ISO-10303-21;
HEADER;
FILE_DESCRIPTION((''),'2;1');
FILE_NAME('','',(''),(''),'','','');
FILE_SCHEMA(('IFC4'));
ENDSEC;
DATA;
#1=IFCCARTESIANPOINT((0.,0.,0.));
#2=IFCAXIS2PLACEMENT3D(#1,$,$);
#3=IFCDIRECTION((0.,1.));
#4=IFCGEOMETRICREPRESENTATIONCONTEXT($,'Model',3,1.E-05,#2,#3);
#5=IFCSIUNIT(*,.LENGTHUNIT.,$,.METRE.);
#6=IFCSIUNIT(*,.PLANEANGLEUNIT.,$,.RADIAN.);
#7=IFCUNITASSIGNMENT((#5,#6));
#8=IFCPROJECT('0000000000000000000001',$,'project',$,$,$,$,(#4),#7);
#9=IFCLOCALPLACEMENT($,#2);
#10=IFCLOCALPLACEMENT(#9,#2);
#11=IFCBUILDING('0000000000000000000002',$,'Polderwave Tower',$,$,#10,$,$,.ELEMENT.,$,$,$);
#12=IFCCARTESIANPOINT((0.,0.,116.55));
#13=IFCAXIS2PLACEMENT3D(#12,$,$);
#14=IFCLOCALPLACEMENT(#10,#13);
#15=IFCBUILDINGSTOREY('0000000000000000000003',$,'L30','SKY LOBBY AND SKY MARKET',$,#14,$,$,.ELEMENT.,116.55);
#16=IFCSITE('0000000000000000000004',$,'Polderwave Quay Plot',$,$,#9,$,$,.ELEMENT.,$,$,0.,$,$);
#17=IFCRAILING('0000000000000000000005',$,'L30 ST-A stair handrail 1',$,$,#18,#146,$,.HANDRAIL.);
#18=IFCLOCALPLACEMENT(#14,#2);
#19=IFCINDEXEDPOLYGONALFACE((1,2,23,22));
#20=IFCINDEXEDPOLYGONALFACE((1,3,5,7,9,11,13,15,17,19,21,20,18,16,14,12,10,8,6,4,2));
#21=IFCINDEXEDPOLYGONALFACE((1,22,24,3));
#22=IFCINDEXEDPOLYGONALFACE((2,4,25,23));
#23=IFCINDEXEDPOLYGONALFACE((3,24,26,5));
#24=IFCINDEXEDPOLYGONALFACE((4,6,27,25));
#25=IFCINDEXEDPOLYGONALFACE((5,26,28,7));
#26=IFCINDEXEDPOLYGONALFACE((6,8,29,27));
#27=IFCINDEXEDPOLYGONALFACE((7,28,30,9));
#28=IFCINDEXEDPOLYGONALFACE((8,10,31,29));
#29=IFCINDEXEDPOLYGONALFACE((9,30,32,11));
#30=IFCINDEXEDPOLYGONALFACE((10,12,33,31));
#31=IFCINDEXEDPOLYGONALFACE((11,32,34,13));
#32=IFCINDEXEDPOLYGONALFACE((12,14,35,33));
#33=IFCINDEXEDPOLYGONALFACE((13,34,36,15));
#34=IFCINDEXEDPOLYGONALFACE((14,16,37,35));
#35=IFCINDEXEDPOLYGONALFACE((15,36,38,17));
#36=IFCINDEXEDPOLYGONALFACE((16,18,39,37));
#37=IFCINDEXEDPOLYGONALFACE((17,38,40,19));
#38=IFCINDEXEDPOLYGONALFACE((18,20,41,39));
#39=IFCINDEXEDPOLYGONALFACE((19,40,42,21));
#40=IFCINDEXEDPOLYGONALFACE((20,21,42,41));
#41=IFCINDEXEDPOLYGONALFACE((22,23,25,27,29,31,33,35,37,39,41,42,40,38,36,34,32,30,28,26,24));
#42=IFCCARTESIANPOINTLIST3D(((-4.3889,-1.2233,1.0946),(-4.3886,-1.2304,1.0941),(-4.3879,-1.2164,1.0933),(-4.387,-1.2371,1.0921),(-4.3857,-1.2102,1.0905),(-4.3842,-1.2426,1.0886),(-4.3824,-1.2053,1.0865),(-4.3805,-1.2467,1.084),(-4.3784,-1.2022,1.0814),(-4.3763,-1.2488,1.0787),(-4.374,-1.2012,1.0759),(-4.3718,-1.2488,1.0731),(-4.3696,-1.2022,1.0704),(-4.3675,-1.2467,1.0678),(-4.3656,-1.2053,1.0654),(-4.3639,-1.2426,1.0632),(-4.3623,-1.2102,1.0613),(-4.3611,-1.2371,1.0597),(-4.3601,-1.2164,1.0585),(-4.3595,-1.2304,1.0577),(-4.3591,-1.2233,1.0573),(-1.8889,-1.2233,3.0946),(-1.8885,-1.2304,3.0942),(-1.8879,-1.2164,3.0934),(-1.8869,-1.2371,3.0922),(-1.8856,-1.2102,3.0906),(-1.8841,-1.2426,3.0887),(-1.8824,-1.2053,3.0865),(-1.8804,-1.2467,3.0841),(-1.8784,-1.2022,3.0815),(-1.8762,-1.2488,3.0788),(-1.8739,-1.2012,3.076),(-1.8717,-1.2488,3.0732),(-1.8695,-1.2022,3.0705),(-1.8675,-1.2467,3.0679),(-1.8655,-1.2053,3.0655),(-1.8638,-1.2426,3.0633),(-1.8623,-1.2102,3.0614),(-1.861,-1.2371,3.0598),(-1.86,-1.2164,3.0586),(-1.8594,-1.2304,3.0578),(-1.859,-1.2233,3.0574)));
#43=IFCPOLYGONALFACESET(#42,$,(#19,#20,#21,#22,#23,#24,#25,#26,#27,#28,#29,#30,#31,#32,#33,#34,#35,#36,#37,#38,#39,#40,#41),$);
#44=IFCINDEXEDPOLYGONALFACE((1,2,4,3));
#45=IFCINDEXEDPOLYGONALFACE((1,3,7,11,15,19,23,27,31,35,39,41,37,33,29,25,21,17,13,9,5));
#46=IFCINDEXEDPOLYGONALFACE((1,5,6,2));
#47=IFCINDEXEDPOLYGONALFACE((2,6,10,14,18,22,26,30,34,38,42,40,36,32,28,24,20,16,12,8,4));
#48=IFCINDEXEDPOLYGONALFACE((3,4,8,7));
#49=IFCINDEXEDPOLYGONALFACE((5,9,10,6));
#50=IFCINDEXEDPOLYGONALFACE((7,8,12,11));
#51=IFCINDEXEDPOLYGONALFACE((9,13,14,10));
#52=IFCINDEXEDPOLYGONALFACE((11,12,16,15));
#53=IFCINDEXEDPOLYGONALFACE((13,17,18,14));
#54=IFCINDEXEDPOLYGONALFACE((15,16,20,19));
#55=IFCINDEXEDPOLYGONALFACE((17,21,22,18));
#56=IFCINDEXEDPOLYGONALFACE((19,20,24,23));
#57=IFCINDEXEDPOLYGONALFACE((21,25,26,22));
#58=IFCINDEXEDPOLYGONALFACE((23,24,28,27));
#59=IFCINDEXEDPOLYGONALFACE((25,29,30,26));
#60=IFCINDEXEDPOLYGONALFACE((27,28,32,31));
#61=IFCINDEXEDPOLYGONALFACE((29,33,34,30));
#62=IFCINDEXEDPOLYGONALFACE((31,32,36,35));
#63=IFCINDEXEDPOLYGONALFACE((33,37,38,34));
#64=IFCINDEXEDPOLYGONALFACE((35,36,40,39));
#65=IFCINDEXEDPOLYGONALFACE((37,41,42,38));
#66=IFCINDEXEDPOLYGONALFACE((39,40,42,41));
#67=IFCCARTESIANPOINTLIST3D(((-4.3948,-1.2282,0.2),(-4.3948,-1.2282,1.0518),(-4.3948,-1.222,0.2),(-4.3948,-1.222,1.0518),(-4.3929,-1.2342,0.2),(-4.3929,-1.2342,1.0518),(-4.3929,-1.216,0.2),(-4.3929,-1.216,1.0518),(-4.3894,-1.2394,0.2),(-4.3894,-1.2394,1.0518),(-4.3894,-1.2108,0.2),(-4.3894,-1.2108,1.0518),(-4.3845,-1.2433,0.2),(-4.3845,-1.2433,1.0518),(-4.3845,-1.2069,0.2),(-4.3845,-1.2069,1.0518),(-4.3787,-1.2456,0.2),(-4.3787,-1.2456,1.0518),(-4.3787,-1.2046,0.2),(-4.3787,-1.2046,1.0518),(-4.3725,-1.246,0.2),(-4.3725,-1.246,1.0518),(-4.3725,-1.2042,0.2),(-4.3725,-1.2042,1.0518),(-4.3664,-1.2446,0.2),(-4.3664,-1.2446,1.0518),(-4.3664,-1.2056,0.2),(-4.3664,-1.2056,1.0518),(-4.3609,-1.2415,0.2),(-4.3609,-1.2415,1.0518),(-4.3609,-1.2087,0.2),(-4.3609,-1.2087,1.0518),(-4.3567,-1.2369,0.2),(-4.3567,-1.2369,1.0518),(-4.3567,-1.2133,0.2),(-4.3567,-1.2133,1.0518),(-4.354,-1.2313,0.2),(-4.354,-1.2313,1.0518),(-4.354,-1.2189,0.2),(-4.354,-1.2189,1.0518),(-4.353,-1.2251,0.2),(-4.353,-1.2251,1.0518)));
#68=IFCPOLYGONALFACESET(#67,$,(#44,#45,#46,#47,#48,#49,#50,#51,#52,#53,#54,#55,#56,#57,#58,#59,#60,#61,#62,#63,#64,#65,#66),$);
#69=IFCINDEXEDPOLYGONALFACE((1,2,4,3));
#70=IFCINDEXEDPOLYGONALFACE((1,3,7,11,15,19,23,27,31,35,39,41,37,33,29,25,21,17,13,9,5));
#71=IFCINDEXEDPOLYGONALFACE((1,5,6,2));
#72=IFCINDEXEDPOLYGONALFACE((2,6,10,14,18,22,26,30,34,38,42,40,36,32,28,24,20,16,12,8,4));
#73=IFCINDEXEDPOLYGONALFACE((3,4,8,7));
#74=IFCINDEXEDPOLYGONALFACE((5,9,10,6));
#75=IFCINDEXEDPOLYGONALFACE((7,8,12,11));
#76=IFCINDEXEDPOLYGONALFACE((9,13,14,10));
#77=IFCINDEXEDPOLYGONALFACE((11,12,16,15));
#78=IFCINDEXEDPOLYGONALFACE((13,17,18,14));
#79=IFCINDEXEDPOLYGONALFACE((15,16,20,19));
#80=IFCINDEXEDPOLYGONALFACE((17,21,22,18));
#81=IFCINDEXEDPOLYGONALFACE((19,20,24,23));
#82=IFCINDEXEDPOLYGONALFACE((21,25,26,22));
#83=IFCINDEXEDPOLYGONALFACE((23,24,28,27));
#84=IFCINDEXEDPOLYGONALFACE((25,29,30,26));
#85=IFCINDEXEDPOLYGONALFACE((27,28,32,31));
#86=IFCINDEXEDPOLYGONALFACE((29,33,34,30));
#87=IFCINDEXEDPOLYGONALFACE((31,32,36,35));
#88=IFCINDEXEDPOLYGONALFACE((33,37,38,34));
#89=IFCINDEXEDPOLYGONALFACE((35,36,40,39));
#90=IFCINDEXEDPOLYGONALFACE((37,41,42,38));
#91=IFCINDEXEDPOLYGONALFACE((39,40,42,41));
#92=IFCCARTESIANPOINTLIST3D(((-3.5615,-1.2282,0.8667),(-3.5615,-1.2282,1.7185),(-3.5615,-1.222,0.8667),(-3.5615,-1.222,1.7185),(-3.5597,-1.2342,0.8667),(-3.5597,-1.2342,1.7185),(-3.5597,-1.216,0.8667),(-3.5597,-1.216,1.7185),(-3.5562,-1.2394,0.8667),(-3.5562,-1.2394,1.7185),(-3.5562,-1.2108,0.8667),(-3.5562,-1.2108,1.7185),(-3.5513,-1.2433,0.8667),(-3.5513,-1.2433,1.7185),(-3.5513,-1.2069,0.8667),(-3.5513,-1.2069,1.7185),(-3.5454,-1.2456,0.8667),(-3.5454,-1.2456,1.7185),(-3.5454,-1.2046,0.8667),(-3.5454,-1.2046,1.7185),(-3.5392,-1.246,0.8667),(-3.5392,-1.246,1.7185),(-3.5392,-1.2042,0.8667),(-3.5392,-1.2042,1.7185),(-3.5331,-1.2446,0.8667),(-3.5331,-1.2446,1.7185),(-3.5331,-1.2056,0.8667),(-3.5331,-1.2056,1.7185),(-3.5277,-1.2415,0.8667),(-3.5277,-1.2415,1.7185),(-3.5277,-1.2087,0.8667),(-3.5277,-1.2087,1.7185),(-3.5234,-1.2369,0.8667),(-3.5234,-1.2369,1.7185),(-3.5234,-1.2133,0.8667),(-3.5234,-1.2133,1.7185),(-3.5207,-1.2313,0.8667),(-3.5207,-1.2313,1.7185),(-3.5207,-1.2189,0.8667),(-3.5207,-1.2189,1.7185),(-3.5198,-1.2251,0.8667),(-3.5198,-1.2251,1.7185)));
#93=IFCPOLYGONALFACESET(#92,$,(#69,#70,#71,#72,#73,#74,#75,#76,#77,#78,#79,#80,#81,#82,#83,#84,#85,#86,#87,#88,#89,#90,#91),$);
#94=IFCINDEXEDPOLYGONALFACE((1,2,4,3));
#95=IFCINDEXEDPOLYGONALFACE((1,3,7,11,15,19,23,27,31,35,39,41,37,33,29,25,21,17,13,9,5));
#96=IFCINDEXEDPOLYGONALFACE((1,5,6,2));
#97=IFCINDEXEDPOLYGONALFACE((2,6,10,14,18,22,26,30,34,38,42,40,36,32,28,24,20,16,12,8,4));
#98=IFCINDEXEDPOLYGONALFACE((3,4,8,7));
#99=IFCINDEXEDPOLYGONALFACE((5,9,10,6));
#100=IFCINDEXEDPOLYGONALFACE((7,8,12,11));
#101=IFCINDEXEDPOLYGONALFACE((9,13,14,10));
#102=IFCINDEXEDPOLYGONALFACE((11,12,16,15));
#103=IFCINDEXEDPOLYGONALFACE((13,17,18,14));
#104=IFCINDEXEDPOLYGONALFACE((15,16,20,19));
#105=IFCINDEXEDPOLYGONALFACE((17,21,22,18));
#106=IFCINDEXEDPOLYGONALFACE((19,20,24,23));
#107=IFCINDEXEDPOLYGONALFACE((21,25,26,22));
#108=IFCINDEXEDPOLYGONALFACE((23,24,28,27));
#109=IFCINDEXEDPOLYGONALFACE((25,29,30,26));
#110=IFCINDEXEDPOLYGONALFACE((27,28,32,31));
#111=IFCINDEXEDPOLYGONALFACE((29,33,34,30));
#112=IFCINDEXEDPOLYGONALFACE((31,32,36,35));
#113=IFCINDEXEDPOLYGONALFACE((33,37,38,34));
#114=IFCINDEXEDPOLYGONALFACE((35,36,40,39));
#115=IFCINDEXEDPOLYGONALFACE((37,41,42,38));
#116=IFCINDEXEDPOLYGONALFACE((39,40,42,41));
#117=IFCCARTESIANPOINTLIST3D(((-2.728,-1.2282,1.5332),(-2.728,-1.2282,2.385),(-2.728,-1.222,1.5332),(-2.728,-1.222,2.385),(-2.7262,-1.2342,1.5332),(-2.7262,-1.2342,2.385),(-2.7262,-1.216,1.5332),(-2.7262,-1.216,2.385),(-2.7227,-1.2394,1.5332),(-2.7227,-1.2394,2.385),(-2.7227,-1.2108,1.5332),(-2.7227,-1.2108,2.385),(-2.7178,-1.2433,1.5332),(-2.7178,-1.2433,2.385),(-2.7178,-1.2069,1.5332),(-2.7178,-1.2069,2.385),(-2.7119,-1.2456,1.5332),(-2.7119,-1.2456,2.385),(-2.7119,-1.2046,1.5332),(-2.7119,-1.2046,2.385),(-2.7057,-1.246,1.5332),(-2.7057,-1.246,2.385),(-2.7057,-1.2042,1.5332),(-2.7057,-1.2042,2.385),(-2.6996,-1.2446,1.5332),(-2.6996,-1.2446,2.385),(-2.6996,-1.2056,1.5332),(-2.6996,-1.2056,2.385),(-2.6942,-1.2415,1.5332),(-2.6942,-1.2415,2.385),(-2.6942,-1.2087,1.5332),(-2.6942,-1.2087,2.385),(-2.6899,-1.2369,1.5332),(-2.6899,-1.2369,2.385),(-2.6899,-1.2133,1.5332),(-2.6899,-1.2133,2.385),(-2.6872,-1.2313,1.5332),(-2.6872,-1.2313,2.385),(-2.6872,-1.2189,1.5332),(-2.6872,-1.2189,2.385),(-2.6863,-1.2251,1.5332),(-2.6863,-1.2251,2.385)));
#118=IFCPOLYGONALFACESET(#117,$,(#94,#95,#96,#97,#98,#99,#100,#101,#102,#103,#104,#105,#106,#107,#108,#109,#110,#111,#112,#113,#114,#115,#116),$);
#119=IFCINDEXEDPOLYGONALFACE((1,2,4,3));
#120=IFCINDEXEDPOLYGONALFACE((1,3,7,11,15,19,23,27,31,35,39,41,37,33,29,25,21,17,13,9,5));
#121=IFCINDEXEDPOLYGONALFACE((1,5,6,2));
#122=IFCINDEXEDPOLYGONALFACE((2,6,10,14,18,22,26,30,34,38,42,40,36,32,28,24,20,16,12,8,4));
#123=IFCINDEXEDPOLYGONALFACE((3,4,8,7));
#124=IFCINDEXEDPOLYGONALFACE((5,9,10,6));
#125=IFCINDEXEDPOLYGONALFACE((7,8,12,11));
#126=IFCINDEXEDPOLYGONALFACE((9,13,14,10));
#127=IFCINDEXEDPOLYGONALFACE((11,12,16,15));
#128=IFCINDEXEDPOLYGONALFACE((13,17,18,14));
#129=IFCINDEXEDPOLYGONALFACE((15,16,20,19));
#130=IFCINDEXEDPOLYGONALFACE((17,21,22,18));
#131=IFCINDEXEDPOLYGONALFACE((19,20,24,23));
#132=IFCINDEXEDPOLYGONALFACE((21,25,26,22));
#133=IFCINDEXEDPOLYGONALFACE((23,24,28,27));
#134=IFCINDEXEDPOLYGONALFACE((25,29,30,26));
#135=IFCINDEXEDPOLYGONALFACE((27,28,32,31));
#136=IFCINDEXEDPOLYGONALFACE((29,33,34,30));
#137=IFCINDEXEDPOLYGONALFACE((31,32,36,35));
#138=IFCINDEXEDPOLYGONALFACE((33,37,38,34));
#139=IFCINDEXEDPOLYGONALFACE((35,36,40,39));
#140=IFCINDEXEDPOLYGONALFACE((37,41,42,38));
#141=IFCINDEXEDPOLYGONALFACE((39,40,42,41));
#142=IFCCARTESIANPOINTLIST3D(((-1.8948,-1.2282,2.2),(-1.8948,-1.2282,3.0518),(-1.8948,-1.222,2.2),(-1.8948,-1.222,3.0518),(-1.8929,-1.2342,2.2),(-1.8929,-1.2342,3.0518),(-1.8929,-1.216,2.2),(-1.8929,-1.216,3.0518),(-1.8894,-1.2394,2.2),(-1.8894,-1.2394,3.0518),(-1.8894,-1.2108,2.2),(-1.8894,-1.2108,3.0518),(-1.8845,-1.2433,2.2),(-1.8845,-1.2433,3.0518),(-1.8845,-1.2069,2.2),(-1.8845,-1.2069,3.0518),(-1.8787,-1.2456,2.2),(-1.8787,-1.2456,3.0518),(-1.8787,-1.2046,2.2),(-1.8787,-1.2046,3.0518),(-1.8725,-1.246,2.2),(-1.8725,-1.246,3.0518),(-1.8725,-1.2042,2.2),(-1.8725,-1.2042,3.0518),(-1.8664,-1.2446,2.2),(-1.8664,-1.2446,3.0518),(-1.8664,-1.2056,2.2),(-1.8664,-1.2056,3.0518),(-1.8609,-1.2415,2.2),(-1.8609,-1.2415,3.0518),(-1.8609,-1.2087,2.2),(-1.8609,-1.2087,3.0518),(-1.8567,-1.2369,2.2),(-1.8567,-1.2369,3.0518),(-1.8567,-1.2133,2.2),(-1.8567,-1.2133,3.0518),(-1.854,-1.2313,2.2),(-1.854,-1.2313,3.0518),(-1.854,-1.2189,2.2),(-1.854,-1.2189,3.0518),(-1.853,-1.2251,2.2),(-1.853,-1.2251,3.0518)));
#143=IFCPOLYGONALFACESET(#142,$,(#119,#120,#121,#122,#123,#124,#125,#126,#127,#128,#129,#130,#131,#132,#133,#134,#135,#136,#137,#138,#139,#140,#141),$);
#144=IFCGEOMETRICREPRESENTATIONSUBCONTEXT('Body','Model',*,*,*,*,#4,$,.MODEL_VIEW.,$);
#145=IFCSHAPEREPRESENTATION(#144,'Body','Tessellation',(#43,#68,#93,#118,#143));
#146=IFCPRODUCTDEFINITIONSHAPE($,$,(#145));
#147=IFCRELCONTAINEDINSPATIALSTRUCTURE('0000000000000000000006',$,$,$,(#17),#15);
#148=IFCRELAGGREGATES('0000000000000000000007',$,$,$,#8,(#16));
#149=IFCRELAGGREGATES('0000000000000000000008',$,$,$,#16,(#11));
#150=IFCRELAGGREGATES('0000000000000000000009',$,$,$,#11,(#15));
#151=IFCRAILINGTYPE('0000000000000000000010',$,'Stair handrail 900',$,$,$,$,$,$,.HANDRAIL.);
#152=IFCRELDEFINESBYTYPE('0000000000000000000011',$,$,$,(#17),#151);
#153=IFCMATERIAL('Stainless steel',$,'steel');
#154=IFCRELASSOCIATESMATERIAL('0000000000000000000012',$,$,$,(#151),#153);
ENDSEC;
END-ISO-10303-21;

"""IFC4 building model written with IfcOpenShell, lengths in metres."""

from ifc_helpers import new_model, si_unit, direction, frame, origin, origin_2d, place, context, subcontext, project, spatial, circle, extrude, material, type_object, element, save


model = new_model("IFC4")

# Units and contexts
model_context = context("Model", 3, precision=1e-05, world=origin(), true_north=direction((0.0, 1.0)))
body_context = subcontext(model_context, "Body", "Model", "MODEL_VIEW")
ifc_project = project(units=[si_unit("LENGTHUNIT", "METRE"), si_unit("PLANEANGLEUNIT", "RADIAN")], contexts=[model_context])

# Site, building, storey
site_placement = place(None, origin())
site = spatial("IfcSite", under=ifc_project, at=site_placement, Name="Polderwave Quay Plot", CompositionType="ELEMENT", RefElevation=0.0)
building_placement = place(site_placement, origin())
building = spatial("IfcBuilding", under=site, at=building_placement, Name="Polderwave Tower", CompositionType="ELEMENT")
storey_placement = place(building_placement, frame((0.0, 0.0, 116.55)))
storey = spatial("IfcBuildingStorey", under=building, at=storey_placement, Name="L30", Description="SKY LOBBY AND SKY MARKET", CompositionType="ELEMENT", Elevation=116.55)

# Shared definitions
ifc_material_1 = material(Name="Stainless steel", Category="steel")

# Railing
railing_type_1 = type_object("IfcRailingType", Name="Stair handrail 900", PredefinedType="HANDRAIL", material=ifc_material_1)
railing_1_placement = place(storey_placement, frame((-4.374, -1.2251, 0.2)))
element("IfcRailing", 1, at=railing_1_placement, inside=storey, type_object=railing_type_1, Name="L30 ST-A stair handrail 1", PredefinedType="HANDRAIL", context=body_context, shape_type="SweptSolid", body=[
    extrude(circle(Radius=0.0239, at=origin_2d()), frame((0.0, 0.0, 0.876), z_axis=(0.780869, 0.0, 0.624695), x_axis=(0.0, 1.0, 0.0)), (0.0, 0.0, 1.0), 3.2017),
    extrude(circle(Radius=0.021, at=origin_2d()), origin(), (0.0, 0.0, 1.0), 0.8518),
    extrude(circle(Radius=0.021, at=origin_2d()), frame((0.8333, 0.0, 0.6667)), (0.0, 0.0, 1.0), 0.8518),
    extrude(circle(Radius=0.021, at=origin_2d()), frame((1.6667, 0.0, 1.3333)), (0.0, 0.0, 1.0), 0.8518),
    extrude(circle(Radius=0.021, at=origin_2d()), frame((2.5, 0.0, 2.0)), (0.0, 0.0, 1.0), 0.8518),
])

save(model, "model.ifc")
